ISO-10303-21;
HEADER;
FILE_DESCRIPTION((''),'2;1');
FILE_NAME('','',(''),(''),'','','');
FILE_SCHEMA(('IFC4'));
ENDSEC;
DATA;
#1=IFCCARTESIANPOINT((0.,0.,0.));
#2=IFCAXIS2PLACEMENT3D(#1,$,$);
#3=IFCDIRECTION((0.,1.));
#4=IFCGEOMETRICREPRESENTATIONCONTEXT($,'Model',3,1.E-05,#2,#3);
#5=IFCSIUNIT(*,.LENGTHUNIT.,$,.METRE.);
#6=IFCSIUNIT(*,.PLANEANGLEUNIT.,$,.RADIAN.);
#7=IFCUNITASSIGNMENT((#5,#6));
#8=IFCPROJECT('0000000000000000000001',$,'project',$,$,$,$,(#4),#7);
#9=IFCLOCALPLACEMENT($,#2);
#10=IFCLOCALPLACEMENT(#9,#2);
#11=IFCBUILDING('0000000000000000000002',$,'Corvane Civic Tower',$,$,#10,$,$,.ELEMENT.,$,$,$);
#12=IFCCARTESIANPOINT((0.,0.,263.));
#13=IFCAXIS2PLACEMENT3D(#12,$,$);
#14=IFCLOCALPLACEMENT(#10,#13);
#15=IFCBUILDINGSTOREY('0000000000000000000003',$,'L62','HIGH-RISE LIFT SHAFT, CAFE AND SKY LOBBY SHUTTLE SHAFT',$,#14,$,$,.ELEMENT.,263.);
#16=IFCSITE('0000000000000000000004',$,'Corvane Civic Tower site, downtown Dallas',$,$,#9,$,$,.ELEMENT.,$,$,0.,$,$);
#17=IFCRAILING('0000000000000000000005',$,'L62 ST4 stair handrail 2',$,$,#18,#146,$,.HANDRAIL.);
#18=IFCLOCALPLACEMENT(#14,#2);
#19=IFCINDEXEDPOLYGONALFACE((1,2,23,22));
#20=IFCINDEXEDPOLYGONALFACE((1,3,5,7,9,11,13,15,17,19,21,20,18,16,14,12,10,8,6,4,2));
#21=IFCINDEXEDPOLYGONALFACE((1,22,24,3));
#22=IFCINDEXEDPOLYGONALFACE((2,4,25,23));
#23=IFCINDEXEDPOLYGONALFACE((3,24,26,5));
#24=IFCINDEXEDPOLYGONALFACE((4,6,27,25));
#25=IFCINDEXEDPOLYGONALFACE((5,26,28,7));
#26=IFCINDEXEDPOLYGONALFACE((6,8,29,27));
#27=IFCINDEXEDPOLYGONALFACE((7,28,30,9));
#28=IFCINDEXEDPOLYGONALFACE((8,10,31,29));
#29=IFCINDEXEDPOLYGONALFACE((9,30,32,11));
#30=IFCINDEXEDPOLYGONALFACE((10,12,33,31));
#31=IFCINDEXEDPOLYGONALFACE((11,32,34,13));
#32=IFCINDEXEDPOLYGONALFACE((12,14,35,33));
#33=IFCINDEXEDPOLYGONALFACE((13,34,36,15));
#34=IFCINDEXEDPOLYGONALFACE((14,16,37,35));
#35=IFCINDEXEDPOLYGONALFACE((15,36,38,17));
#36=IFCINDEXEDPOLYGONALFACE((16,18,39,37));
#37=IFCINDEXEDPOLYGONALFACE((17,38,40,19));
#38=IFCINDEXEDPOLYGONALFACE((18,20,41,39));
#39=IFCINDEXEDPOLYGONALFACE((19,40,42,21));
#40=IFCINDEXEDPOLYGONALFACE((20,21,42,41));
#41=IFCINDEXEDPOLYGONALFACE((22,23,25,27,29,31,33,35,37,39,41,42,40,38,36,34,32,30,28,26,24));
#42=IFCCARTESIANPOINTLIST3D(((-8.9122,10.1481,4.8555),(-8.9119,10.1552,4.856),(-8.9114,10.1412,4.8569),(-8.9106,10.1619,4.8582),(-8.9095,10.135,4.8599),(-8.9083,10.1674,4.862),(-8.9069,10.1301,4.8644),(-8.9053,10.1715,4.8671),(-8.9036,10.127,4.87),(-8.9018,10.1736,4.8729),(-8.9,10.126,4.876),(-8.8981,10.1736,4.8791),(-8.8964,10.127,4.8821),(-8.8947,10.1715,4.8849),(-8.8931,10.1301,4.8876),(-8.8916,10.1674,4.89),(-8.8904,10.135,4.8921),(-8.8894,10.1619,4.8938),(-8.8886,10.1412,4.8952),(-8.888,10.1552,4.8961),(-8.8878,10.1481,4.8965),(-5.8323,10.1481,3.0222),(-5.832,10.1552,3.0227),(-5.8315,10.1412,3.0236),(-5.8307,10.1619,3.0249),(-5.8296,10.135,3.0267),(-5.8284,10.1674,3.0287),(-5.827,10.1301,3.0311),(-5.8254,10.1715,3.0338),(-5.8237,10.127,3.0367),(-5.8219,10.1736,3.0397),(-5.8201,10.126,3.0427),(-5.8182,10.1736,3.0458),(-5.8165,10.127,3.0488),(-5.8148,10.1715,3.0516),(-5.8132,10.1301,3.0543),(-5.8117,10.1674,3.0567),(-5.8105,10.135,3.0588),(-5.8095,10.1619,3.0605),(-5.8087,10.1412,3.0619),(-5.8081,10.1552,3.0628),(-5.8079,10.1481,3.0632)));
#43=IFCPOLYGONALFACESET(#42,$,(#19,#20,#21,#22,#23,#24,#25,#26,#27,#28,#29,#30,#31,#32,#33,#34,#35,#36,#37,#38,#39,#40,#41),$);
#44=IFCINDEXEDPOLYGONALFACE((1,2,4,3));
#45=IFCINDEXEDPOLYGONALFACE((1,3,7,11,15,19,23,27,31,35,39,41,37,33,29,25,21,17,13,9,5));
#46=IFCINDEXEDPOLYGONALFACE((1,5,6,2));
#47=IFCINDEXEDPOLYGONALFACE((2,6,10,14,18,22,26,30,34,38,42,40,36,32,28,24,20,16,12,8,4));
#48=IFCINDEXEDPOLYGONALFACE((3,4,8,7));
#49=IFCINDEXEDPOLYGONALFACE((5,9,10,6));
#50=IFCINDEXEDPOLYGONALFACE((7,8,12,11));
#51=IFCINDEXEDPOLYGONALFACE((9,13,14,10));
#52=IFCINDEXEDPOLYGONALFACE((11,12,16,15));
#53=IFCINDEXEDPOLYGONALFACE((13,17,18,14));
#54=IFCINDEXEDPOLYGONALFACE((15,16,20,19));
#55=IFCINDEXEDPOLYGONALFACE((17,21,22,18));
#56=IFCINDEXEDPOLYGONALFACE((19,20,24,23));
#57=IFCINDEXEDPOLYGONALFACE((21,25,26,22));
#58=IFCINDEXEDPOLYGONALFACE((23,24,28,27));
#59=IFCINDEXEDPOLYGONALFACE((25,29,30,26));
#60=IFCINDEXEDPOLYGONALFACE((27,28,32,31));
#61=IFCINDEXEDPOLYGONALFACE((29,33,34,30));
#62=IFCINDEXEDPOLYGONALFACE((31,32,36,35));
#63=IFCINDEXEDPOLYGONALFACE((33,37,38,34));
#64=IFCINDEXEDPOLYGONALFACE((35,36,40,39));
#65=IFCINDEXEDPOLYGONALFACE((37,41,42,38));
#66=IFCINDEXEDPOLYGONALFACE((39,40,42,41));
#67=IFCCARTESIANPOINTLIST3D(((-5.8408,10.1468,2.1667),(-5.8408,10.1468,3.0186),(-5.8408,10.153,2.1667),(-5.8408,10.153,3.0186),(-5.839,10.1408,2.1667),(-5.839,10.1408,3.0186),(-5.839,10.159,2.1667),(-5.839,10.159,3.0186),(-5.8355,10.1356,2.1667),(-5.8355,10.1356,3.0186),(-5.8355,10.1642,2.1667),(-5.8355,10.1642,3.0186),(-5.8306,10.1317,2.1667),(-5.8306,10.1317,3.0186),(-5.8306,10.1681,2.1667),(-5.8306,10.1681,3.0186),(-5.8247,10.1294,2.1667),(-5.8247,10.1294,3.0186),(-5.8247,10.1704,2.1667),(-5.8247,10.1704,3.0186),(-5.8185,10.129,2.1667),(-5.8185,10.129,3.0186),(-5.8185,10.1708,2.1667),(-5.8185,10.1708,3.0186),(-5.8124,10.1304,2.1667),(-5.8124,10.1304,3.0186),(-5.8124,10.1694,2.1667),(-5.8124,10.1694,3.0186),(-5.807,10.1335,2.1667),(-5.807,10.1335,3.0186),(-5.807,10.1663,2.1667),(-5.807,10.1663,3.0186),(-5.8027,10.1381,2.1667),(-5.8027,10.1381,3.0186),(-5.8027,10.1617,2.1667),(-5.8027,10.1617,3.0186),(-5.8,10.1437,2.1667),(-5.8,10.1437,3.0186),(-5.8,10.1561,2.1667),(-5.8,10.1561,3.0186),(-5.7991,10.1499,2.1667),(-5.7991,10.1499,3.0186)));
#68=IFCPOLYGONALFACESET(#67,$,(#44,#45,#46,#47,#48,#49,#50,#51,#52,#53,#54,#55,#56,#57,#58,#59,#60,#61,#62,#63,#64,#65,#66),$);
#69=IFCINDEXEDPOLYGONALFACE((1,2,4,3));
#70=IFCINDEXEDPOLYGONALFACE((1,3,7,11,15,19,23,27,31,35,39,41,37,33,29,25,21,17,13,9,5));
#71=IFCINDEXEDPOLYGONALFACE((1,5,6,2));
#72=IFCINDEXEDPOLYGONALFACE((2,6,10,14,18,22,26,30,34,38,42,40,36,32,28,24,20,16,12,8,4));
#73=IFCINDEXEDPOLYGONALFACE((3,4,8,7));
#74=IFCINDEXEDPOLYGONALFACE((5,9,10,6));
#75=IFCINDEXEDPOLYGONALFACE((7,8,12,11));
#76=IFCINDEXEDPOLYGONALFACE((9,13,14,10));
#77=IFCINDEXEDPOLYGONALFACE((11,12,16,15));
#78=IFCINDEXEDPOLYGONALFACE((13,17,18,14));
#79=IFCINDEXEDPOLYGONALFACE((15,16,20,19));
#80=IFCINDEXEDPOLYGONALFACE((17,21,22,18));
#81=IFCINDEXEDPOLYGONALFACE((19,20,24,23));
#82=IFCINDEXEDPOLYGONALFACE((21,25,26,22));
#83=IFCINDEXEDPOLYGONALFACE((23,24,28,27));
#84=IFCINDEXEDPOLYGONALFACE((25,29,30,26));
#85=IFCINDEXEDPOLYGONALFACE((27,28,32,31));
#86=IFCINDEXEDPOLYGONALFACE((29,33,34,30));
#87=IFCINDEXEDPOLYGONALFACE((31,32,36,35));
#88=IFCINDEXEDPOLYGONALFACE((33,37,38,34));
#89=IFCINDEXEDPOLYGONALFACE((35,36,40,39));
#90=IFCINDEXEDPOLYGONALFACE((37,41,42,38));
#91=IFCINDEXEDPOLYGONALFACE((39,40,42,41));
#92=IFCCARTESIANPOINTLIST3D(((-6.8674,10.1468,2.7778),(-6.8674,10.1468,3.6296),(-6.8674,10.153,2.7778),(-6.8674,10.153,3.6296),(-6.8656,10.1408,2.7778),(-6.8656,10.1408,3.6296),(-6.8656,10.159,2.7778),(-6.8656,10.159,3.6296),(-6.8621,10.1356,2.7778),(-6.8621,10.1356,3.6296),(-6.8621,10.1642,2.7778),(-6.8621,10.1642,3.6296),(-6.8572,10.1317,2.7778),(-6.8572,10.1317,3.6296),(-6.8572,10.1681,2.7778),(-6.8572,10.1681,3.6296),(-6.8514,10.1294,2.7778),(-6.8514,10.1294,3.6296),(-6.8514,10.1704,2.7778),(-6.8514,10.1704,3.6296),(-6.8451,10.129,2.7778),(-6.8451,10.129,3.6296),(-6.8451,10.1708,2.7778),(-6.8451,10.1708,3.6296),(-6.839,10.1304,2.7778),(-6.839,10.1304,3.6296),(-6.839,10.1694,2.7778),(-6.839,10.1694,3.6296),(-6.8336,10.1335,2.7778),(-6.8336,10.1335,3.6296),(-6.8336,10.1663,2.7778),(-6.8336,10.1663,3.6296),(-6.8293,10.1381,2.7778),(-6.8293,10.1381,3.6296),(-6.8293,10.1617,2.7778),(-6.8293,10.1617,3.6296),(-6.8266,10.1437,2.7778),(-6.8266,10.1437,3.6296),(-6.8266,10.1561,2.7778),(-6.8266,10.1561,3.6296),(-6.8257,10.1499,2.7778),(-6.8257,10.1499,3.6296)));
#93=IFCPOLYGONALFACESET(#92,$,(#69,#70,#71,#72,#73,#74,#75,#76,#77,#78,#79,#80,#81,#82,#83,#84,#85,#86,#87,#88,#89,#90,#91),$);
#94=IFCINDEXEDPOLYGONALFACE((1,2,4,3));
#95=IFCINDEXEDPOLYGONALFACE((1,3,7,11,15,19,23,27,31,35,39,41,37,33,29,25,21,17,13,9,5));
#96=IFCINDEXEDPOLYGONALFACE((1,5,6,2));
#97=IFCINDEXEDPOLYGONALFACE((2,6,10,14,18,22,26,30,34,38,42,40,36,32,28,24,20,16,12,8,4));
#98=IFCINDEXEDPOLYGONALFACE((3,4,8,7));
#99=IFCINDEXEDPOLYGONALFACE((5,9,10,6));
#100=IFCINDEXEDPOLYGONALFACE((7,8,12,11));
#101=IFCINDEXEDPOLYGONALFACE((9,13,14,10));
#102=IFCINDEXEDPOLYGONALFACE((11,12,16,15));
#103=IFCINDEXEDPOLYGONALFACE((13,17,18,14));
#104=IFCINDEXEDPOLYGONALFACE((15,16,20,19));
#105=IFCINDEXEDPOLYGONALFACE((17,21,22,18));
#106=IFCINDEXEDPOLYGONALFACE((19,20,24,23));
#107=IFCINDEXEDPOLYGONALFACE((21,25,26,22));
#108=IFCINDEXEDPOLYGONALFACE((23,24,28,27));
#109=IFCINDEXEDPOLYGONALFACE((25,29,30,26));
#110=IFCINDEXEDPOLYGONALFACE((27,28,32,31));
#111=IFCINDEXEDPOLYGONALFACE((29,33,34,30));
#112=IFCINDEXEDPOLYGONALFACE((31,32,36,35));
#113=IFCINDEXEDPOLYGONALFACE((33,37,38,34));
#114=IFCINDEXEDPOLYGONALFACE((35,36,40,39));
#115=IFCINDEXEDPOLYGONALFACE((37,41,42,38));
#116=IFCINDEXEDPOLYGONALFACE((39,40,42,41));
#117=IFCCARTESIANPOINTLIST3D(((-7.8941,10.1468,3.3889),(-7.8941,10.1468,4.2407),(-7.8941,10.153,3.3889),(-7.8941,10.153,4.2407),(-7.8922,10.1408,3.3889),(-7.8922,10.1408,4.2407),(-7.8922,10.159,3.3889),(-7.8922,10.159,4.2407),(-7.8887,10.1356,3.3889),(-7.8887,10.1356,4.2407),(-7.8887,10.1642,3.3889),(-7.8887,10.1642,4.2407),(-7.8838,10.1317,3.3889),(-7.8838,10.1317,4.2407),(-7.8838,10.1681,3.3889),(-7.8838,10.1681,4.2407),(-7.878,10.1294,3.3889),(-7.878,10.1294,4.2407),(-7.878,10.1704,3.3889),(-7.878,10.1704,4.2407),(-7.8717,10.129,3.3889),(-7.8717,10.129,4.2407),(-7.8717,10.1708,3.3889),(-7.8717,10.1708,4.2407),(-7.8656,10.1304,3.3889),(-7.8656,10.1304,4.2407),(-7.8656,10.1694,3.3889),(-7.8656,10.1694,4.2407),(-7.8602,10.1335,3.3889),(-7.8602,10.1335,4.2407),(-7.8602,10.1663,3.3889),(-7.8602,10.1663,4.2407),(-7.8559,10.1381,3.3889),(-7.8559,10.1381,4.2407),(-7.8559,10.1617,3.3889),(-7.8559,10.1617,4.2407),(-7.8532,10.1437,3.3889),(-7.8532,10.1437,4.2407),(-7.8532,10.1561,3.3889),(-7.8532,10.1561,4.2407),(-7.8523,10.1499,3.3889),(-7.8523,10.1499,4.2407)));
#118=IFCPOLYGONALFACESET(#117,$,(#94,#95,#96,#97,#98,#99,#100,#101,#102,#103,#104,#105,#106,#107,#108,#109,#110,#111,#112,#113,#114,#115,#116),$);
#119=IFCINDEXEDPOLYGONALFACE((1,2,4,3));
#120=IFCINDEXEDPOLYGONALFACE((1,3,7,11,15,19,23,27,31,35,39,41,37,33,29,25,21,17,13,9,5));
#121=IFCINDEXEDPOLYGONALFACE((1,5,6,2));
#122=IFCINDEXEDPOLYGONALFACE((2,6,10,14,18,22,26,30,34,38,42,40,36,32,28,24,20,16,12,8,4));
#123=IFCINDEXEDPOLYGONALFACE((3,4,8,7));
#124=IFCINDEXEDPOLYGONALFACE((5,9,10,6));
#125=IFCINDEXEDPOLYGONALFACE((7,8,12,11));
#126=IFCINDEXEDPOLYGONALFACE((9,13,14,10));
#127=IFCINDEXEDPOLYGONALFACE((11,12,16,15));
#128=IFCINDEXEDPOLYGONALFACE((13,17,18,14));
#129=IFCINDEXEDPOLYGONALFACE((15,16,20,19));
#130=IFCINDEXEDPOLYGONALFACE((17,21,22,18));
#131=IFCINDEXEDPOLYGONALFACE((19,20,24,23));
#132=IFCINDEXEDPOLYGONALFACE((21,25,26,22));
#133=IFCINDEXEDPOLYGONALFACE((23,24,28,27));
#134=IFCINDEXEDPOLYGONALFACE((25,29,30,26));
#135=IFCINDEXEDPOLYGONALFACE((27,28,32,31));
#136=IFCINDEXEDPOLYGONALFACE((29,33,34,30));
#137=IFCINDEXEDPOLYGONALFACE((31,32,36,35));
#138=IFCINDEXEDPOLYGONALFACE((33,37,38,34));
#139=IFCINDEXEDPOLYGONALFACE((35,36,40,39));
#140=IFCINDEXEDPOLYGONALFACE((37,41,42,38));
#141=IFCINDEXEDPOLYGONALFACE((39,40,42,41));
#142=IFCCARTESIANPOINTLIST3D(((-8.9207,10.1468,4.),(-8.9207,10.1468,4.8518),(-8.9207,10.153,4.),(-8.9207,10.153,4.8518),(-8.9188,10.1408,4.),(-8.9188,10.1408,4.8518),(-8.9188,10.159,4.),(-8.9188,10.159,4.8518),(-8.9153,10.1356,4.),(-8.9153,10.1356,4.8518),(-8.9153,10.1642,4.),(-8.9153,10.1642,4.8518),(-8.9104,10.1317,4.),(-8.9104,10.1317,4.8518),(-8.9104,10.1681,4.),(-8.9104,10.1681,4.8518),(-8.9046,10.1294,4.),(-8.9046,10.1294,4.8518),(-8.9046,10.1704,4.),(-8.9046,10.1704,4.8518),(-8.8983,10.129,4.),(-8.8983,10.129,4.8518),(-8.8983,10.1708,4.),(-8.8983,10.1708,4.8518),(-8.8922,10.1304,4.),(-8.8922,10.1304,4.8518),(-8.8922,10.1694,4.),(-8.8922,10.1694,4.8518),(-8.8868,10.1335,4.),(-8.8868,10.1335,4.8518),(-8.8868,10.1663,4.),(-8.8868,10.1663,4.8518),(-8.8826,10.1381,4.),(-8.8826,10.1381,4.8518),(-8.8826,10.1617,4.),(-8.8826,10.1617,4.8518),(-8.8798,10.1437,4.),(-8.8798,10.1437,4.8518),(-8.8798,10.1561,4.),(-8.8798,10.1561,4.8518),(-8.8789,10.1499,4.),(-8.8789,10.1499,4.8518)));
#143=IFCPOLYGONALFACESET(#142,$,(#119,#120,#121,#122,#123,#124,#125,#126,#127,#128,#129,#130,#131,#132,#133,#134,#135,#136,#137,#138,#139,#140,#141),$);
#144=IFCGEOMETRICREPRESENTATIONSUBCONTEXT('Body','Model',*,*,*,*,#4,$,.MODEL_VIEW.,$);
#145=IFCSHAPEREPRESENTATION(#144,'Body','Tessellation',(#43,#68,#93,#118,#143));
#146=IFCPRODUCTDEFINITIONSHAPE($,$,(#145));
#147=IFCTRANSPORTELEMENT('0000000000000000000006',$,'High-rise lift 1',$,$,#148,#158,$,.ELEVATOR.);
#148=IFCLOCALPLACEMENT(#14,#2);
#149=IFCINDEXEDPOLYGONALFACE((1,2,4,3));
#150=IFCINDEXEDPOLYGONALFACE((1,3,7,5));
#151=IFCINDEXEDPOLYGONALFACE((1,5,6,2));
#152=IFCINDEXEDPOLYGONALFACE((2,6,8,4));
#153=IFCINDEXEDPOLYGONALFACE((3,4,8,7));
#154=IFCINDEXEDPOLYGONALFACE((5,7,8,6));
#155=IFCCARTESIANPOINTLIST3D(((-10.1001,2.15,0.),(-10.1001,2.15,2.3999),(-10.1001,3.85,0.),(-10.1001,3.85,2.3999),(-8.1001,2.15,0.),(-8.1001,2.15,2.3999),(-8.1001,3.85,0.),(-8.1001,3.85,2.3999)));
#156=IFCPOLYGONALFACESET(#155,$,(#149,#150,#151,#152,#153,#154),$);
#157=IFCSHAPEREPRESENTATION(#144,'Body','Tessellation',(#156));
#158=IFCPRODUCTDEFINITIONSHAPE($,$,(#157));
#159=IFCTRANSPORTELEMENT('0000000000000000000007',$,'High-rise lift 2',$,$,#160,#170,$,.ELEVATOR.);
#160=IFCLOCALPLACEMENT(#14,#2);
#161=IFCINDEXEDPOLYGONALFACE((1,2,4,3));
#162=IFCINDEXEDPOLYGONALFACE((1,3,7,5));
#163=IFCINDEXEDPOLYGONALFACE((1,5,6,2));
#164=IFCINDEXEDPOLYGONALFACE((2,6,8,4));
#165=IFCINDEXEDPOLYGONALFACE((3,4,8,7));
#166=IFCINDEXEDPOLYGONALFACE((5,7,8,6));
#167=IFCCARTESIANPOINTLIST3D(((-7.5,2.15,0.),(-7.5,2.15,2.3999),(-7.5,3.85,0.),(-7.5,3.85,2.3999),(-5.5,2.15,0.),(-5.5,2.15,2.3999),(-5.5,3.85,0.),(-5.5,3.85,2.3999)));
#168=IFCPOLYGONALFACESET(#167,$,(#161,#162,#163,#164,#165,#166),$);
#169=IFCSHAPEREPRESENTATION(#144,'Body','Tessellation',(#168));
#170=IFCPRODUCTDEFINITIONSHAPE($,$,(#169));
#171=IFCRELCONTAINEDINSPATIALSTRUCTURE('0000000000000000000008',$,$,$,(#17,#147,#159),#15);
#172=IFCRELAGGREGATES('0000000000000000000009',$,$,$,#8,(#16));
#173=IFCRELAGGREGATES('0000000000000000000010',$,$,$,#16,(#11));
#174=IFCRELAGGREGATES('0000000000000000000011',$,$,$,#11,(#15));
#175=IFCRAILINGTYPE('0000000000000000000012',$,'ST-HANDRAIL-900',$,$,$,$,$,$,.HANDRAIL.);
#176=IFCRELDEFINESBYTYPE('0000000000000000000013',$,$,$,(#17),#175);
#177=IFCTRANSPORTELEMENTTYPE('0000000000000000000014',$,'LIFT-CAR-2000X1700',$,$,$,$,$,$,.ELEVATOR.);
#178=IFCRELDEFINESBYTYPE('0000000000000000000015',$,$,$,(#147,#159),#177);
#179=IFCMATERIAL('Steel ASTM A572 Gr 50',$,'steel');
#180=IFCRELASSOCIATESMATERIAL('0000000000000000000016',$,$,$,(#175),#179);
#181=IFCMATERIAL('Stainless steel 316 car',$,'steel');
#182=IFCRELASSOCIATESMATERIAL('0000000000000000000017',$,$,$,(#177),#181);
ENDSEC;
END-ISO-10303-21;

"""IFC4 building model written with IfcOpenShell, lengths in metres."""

from ifc_helpers import new_model, si_unit, direction, frame, origin, origin_2d, place, context, subcontext, project, spatial, rectangle, circle, extrude, material, type_object, element, save


model = new_model("IFC4")

# Units and contexts
model_context = context("Model", 3, precision=1e-05, world=origin(), true_north=direction((0.0, 1.0)))
body_context = subcontext(model_context, "Body", "Model", "MODEL_VIEW")
ifc_project = project(units=[si_unit("LENGTHUNIT", "METRE"), si_unit("PLANEANGLEUNIT", "RADIAN")], contexts=[model_context])

# Site, building, storey
site_placement = place(None, origin())
site = spatial("IfcSite", under=ifc_project, at=site_placement, Name="Corvane Civic Tower site, downtown Dallas", CompositionType="ELEMENT", RefElevation=0.0)
building_placement = place(site_placement, origin())
building = spatial("IfcBuilding", under=site, at=building_placement, Name="Corvane Civic Tower", CompositionType="ELEMENT")
storey_placement = place(building_placement, frame((0.0, 0.0, 263.0)))
storey = spatial("IfcBuildingStorey", under=building, at=storey_placement, Name="L62", Description="HIGH-RISE LIFT SHAFT, CAFE AND SKY LOBBY SHUTTLE SHAFT", CompositionType="ELEMENT", Elevation=263.0)

# Railing
ifc_material_1 = material(Name="Steel ASTM A572 Gr 50", Category="steel")
railing_type_1 = type_object("IfcRailingType", Name="ST-HANDRAIL-900", PredefinedType="HANDRAIL", material=ifc_material_1)
railing_1_placement = place(storey_placement, frame((-5.8201, 10.1499, 2.1667)))
element("IfcRailing", 1, at=railing_1_placement, inside=storey, type_object=railing_type_1, Name="L62 ST4 stair handrail 2", PredefinedType="HANDRAIL", context=body_context, shape_type="SweptSolid", body=[
    extrude(circle(Radius=0.0239, at=origin_2d()), frame((0.0, 0.0, 0.876), z_axis=(-0.859291, 0.0, 0.511487), x_axis=(0.0, -1.0, 0.0)), (0.0, 0.0, 1.0), 3.5842),
    extrude(circle(Radius=0.021, at=origin_2d()), origin(), (0.0, 0.0, 1.0), 0.8518),
    extrude(circle(Radius=0.021, at=origin_2d()), frame((-1.0266, 0.0, 0.6111)), (0.0, 0.0, 1.0), 0.8518),
    extrude(circle(Radius=0.021, at=origin_2d()), frame((-2.0532, 0.0, 1.2222)), (0.0, 0.0, 1.0), 0.8518),
    extrude(circle(Radius=0.021, at=origin_2d()), frame((-3.0798, 0.0, 1.8333)), (0.0, 0.0, 1.0), 0.8518),
])

# Transport elements
ifc_material_2 = material(Name="Stainless steel 316 car", Category="steel")
transport_element_type = type_object("IfcTransportElementType", Name="LIFT-CAR-2000X1700", PredefinedType="ELEVATOR", material=ifc_material_2)
for number, where, z_axis, x_axis, name in (
    (2, (-9.1001, 3.0, 0.0), (0.0, 0.0, 1.0), (1.0, 0.0, 0.0), "High-rise lift 1"),
    (3, (-6.5, 3.0, 0.0), (0.0, 0.0, 1.0), (1.0, 0.0, 0.0), "High-rise lift 2"),
):
    element("IfcTransportElement", number, at=place(storey_placement, frame(where, z_axis=z_axis, x_axis=x_axis)), inside=storey, type_object=transport_element_type, Name=name, PredefinedType="ELEVATOR", context=body_context, shape_type="SweptSolid", body=[
        extrude(rectangle(XDim=2.0, YDim=1.7, at=origin_2d()), origin(), (0.0, 0.0, 1.0), 2.3999),
    ])

save(model, "model.ifc")
